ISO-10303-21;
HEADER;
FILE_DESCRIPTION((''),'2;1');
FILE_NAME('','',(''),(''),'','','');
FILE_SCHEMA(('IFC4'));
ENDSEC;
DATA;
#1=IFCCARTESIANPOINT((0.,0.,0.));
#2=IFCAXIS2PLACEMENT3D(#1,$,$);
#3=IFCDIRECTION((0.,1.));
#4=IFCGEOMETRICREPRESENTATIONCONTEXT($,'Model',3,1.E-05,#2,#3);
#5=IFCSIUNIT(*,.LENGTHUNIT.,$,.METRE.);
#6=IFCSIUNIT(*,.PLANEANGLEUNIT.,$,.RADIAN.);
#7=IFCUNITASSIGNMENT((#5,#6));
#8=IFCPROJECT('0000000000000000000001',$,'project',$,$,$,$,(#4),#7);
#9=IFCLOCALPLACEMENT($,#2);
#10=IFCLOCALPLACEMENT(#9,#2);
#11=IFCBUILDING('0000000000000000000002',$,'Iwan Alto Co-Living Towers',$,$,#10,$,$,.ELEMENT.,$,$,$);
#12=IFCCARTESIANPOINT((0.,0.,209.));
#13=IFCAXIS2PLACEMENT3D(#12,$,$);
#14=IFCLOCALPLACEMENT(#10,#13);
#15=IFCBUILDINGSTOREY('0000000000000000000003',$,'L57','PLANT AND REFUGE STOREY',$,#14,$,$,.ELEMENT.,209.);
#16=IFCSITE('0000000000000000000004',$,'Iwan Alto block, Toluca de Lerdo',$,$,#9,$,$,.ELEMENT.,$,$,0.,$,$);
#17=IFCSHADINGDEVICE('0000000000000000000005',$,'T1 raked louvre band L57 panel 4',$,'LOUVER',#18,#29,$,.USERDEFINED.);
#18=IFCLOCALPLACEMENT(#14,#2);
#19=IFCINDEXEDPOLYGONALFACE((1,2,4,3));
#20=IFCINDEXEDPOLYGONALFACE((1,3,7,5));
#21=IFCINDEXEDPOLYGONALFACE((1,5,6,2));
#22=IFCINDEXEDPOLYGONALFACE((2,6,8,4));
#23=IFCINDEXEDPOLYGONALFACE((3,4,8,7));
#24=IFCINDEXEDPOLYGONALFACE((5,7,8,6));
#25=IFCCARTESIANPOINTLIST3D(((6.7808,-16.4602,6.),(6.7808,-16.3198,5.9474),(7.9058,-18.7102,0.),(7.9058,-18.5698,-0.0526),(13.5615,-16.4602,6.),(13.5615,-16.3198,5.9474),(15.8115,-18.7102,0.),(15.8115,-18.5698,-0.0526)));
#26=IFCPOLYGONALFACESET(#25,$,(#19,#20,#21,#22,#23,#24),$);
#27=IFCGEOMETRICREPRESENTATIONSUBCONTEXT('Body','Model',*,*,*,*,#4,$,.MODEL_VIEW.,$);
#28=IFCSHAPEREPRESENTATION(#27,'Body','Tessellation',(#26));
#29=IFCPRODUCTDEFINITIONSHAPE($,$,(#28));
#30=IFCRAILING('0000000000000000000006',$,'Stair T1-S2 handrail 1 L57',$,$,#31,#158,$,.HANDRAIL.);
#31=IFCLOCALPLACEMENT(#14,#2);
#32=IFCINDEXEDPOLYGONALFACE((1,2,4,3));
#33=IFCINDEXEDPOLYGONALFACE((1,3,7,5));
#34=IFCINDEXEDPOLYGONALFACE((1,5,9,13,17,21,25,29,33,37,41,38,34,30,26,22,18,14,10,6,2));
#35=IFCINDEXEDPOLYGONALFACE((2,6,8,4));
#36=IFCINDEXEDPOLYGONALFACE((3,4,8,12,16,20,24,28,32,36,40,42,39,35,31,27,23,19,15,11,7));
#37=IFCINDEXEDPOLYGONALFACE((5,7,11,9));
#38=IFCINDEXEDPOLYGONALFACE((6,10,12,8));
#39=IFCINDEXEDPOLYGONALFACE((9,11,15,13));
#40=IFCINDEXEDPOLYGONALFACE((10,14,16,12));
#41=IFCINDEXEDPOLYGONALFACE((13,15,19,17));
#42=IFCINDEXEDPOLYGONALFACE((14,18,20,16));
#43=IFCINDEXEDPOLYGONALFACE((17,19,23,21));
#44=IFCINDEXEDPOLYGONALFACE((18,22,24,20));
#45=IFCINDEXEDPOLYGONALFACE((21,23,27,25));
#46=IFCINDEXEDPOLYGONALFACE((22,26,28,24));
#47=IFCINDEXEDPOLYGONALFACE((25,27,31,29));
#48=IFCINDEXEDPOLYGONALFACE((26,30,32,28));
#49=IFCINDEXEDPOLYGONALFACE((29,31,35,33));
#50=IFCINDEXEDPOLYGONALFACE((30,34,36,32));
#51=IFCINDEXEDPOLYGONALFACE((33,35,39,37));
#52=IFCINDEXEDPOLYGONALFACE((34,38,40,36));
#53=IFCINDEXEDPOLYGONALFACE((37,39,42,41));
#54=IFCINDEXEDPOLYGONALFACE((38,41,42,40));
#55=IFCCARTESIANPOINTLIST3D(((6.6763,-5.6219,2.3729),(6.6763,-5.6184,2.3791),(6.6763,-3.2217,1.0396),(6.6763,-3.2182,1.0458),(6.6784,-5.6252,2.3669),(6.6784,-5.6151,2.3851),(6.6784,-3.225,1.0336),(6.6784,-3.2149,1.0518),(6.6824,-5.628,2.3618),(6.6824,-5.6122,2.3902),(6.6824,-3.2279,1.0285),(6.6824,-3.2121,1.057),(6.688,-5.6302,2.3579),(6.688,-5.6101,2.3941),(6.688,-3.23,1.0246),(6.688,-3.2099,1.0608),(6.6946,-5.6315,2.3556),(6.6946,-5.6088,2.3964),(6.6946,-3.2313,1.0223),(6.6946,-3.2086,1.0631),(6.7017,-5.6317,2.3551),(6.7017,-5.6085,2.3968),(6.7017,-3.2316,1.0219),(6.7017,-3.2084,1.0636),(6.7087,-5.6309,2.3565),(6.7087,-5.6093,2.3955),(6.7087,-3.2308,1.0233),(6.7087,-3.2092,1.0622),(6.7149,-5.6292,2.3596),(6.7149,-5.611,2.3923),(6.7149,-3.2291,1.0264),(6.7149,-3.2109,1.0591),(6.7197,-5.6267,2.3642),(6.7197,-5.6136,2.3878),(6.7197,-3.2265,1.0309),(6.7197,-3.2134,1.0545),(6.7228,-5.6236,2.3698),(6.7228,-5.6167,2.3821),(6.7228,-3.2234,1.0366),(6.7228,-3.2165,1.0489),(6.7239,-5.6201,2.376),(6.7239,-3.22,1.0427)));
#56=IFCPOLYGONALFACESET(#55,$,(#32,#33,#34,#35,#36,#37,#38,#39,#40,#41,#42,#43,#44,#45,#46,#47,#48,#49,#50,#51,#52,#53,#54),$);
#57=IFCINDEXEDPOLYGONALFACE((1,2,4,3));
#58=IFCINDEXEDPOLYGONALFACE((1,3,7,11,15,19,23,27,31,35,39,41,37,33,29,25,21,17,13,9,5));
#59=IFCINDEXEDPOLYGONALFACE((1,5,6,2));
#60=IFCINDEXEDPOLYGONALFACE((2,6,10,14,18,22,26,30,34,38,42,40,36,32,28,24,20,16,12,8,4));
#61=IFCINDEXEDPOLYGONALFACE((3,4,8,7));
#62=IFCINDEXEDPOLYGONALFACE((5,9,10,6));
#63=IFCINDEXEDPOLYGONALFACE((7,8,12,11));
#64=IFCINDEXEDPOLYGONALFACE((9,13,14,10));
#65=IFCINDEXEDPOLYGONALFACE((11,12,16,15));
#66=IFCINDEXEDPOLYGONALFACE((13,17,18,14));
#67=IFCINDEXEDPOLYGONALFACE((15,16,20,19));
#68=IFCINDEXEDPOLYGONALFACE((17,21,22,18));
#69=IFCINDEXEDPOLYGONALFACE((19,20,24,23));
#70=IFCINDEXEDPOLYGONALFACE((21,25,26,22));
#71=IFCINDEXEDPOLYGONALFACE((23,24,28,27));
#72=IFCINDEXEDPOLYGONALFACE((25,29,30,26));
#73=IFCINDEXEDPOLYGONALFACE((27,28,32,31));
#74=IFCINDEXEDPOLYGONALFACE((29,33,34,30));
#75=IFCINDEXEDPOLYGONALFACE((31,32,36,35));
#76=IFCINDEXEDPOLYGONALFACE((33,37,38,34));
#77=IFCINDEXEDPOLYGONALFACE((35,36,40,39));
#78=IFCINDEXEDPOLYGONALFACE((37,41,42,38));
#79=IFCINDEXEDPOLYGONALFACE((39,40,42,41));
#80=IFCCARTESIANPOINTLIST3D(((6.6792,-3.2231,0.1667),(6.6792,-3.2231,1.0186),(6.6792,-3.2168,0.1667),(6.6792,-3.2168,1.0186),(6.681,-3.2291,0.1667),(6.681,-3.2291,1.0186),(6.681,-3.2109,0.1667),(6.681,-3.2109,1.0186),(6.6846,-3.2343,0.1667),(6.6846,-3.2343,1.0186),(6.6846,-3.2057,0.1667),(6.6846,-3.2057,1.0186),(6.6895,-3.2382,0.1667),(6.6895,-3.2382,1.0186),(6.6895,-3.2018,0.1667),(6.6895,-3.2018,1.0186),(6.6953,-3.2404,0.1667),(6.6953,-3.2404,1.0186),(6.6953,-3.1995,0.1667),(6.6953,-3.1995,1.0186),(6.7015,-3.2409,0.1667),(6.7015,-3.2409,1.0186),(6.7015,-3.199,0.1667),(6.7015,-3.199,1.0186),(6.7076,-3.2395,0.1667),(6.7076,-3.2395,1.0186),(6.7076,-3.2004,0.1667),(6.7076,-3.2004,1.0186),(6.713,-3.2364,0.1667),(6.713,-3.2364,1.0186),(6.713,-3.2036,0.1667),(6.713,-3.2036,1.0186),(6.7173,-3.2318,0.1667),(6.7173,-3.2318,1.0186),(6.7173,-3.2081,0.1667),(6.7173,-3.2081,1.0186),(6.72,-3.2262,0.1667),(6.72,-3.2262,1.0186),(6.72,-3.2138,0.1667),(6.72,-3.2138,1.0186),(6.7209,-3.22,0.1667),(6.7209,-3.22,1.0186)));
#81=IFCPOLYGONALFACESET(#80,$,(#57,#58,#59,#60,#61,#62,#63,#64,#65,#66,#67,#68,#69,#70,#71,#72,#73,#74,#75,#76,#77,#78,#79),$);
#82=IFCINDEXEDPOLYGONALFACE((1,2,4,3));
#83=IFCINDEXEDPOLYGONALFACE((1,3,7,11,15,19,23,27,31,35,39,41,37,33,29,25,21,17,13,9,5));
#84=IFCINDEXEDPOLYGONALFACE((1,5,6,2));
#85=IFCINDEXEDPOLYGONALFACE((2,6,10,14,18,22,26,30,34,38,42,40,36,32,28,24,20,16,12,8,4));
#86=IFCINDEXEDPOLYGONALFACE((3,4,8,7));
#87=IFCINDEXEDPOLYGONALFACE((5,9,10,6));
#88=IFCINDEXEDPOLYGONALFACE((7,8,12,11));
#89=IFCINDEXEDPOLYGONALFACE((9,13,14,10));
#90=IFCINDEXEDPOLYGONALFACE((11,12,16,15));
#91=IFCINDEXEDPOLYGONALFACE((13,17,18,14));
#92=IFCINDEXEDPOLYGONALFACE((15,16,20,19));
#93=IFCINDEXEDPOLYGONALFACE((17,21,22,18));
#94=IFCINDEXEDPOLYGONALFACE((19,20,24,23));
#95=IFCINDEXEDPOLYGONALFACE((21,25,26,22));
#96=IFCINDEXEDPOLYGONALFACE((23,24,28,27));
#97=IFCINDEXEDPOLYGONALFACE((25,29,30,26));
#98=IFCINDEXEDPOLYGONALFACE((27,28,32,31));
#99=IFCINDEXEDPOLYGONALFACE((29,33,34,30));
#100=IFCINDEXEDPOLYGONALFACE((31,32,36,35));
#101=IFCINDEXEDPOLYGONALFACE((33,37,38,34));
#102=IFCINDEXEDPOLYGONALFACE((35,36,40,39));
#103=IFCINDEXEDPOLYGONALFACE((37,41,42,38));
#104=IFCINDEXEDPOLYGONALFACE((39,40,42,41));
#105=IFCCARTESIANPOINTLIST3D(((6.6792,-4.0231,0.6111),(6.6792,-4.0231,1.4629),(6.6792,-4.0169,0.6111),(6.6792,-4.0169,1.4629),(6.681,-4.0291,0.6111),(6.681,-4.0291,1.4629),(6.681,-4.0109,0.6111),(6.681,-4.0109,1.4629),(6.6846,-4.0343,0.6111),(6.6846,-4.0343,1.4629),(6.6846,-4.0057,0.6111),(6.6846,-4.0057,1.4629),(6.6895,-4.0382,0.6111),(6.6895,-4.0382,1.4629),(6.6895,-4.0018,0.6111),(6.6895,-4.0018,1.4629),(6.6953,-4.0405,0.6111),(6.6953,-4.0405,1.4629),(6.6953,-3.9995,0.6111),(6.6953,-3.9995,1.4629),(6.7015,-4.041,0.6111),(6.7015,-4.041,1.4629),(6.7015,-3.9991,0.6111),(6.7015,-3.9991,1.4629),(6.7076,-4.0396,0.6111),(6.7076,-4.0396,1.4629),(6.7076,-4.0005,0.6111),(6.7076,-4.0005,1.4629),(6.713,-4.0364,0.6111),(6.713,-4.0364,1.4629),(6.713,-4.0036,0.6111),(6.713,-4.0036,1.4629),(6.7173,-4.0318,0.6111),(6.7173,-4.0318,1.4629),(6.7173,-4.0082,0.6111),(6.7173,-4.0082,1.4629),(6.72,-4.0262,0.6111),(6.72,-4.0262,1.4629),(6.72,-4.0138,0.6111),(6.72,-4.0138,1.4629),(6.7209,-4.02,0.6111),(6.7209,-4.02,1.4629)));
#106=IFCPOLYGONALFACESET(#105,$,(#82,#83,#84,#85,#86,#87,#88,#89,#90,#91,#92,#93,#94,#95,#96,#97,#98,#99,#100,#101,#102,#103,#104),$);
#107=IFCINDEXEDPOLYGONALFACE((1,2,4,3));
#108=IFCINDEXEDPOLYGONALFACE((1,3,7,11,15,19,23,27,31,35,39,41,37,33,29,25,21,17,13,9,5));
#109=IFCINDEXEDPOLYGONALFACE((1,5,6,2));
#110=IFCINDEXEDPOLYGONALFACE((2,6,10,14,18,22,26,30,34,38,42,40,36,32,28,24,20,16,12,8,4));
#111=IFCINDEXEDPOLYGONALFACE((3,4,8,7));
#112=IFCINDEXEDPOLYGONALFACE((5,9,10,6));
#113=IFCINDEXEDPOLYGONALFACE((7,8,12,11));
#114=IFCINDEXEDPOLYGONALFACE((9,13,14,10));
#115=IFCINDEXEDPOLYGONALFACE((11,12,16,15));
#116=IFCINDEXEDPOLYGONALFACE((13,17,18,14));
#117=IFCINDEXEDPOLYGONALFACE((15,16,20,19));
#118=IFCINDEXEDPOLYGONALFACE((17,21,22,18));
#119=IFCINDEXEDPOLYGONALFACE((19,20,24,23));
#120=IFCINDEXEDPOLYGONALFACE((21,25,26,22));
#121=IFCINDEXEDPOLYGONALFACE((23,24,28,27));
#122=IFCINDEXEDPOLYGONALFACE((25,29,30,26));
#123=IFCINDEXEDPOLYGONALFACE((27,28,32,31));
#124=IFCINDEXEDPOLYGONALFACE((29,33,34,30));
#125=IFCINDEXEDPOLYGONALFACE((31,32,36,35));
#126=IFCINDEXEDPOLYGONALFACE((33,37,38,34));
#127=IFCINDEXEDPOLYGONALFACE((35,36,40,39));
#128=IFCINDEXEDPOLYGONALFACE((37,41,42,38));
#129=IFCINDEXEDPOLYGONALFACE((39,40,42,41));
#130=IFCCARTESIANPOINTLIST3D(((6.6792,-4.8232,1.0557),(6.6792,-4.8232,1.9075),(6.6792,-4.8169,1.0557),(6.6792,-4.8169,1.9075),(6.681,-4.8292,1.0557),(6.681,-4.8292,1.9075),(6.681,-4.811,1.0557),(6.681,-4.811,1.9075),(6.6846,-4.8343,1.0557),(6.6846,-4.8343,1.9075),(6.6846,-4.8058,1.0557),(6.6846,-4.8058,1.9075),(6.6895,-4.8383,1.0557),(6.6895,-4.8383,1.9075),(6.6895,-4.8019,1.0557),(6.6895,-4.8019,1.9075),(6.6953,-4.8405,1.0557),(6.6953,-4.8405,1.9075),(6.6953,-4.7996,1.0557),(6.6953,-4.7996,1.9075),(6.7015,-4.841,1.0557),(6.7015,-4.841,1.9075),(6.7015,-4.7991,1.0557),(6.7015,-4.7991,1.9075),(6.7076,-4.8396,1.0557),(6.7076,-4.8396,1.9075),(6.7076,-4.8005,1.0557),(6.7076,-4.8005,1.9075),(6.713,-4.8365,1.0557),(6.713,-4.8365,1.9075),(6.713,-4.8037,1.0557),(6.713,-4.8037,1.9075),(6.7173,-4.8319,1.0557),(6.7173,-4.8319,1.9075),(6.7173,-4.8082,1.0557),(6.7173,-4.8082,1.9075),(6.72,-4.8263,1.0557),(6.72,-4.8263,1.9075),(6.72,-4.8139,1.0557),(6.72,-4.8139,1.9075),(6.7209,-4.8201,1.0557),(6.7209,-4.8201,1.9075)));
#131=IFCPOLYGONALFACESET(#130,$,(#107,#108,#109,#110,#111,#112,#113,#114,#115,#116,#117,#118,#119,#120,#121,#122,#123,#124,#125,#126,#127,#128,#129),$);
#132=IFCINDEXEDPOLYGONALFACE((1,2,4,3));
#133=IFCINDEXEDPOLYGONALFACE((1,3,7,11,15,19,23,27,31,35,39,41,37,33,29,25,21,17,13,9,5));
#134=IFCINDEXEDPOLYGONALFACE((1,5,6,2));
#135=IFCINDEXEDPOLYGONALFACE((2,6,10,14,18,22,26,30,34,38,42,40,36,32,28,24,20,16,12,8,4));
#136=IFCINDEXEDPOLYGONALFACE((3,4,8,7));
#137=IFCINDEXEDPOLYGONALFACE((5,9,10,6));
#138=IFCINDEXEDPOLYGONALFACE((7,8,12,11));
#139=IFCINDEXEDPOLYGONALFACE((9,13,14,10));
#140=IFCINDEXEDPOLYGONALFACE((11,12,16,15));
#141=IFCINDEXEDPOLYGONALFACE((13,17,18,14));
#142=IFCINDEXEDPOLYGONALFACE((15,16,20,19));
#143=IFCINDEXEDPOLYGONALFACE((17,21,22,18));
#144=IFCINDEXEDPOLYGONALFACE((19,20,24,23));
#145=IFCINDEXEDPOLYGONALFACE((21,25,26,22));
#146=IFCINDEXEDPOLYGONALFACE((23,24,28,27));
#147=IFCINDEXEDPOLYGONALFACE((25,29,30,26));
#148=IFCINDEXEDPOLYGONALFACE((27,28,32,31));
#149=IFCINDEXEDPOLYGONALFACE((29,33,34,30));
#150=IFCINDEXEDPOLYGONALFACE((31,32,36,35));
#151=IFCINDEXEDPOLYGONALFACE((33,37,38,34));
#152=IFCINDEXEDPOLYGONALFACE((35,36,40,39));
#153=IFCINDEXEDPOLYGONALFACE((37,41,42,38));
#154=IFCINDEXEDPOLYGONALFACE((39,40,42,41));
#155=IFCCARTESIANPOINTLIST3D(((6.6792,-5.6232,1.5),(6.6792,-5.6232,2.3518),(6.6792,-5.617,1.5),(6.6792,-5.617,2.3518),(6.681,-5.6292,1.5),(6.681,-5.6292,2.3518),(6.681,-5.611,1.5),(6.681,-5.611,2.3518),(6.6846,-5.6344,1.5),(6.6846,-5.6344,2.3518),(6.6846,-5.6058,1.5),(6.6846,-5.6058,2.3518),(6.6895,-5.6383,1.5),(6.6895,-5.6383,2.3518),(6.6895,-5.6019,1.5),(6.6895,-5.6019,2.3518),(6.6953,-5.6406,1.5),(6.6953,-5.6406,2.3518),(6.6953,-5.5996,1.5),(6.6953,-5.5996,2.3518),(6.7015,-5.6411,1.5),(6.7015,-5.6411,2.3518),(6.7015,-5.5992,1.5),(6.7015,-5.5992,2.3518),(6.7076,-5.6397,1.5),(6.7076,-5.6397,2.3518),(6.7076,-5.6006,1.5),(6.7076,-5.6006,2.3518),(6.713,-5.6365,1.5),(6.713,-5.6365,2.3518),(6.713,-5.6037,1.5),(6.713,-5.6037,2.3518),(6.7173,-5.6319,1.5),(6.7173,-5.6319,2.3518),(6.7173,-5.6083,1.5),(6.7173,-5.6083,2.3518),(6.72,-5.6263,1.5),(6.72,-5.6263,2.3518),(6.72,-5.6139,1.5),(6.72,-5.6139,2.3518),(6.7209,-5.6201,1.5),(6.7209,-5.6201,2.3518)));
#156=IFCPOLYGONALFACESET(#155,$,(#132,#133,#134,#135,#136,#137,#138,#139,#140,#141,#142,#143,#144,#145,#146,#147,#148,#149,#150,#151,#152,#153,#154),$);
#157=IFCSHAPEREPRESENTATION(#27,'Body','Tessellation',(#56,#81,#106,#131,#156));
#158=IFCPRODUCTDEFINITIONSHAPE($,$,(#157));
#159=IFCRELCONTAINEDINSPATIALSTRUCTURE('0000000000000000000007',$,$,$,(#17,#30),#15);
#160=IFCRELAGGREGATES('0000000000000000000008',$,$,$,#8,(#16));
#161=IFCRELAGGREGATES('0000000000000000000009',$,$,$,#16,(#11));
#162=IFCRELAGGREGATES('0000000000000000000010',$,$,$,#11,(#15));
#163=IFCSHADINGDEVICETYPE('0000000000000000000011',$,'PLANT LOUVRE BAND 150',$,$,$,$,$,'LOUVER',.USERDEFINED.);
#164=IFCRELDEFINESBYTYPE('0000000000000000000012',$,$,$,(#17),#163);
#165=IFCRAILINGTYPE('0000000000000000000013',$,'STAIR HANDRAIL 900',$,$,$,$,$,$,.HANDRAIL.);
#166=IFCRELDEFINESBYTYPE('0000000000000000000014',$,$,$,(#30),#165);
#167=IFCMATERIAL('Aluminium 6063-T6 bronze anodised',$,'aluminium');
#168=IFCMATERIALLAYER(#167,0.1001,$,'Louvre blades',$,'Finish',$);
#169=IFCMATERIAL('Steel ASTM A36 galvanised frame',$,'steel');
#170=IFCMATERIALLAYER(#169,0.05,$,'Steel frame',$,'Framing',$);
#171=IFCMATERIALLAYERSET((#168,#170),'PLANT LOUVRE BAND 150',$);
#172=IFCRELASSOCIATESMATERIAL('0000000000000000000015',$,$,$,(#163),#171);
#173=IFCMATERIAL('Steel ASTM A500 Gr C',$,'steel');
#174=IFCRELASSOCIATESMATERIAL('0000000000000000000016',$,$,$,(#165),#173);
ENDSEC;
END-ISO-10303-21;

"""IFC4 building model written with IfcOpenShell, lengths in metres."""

from ifc_helpers import new_model, si_unit, direction, frame, origin, origin_2d, place, context, subcontext, project, spatial, polyline, circle, outline, extrude, material, layer, layer_set, type_object, element, save


model = new_model("IFC4")

# Units and contexts
model_context = context("Model", 3, precision=1e-05, world=origin(), true_north=direction((0.0, 1.0)))
body_context = subcontext(model_context, "Body", "Model", "MODEL_VIEW")
ifc_project = project(units=[si_unit("LENGTHUNIT", "METRE"), si_unit("PLANEANGLEUNIT", "RADIAN")], contexts=[model_context])

# Site, building, storey
site_placement = place(None, origin())
site = spatial("IfcSite", under=ifc_project, at=site_placement, Name="Iwan Alto block, Toluca de Lerdo", CompositionType="ELEMENT", RefElevation=0.0)
building_placement = place(site_placement, origin())
building = spatial("IfcBuilding", under=site, at=building_placement, Name="Iwan Alto Co-Living Towers", CompositionType="ELEMENT")
storey_placement = place(building_placement, frame((0.0, 0.0, 209.0)))
storey = spatial("IfcBuildingStorey", under=building, at=storey_placement, Name="L57", Description="PLANT AND REFUGE STOREY", CompositionType="ELEMENT", Elevation=209.0)

# Shading device
ifc_material_1 = material(Name="Aluminium 6063-T6 bronze anodised", Category="aluminium")
ifc_layer_1 = layer(ifc_material_1, 0.1001, Name="Louvre blades", Category="Finish")
ifc_material_2 = material(Name="Steel ASTM A36 galvanised frame", Category="steel")
ifc_layer_2 = layer(ifc_material_2, 0.05, Name="Steel frame", Category="Framing")
ifc_layer_set_1 = layer_set([ifc_layer_1, ifc_layer_2], Name="PLANT LOUVRE BAND 150")
shading_device_type = type_object("IfcShadingDeviceType", Name="PLANT LOUVRE BAND 150", ElementType="LOUVER", PredefinedType="USERDEFINED", material=ifc_layer_set_1)
shading_device_1_placement = place(storey_placement, frame((7.9058, -18.7102, 0.0), z_axis=(0.0, -0.936329, 0.351123), x_axis=(1.0, 0.0, 0.0)))
element("IfcShadingDevice", 1, at=shading_device_1_placement, inside=storey, type_object=shading_device_type, Name="T1 raked louvre band L57 panel 4", ObjectType="LOUVER", PredefinedType="USERDEFINED", context=body_context, shape_type="SweptSolid", body=[
    extrude(outline(polyline([(0.0, 0.0), (7.9058, 0.0), (5.6558, 6.408), (-1.125, 6.408), (0.0, 0.0)])), origin(), (0.0, 0.0, -1.0), 0.1499),
])

# Railing
ifc_material_3 = material(Name="Steel ASTM A500 Gr C", Category="steel")
railing_type_1 = type_object("IfcRailingType", Name="STAIR HANDRAIL 900", PredefinedType="HANDRAIL", material=ifc_material_3)
railing_1_placement = place(storey_placement, frame((6.7, -3.22, 0.1667)))
element("IfcRailing", 2, at=railing_1_placement, inside=storey, type_object=railing_type_1, Name="Stair T1-S2 handrail 1 L57", PredefinedType="HANDRAIL", context=body_context, shape_type="SweptSolid", body=[
    extrude(circle(Radius=0.0239, at=origin_2d()), frame((0.0, 0.0, 0.876), z_axis=(0.0, -0.874182, 0.485598), x_axis=(1.0, 0.0, 0.0)), (0.0, 0.0, 1.0), 2.7456),
    extrude(circle(Radius=0.021, at=origin_2d()), origin(), (0.0, 0.0, 1.0), 0.8518),
    extrude(circle(Radius=0.021, at=origin_2d()), frame((0.0, -0.8, 0.4443)), (0.0, 0.0, 1.0), 0.8518),
    extrude(circle(Radius=0.021, at=origin_2d()), frame((0.0, -1.6001, 0.8889)), (0.0, 0.0, 1.0), 0.8518),
    extrude(circle(Radius=0.021, at=origin_2d()), frame((0.0, -2.4001, 1.3333)), (0.0, 0.0, 1.0), 0.8518),
])

save(model, "model.ifc")
